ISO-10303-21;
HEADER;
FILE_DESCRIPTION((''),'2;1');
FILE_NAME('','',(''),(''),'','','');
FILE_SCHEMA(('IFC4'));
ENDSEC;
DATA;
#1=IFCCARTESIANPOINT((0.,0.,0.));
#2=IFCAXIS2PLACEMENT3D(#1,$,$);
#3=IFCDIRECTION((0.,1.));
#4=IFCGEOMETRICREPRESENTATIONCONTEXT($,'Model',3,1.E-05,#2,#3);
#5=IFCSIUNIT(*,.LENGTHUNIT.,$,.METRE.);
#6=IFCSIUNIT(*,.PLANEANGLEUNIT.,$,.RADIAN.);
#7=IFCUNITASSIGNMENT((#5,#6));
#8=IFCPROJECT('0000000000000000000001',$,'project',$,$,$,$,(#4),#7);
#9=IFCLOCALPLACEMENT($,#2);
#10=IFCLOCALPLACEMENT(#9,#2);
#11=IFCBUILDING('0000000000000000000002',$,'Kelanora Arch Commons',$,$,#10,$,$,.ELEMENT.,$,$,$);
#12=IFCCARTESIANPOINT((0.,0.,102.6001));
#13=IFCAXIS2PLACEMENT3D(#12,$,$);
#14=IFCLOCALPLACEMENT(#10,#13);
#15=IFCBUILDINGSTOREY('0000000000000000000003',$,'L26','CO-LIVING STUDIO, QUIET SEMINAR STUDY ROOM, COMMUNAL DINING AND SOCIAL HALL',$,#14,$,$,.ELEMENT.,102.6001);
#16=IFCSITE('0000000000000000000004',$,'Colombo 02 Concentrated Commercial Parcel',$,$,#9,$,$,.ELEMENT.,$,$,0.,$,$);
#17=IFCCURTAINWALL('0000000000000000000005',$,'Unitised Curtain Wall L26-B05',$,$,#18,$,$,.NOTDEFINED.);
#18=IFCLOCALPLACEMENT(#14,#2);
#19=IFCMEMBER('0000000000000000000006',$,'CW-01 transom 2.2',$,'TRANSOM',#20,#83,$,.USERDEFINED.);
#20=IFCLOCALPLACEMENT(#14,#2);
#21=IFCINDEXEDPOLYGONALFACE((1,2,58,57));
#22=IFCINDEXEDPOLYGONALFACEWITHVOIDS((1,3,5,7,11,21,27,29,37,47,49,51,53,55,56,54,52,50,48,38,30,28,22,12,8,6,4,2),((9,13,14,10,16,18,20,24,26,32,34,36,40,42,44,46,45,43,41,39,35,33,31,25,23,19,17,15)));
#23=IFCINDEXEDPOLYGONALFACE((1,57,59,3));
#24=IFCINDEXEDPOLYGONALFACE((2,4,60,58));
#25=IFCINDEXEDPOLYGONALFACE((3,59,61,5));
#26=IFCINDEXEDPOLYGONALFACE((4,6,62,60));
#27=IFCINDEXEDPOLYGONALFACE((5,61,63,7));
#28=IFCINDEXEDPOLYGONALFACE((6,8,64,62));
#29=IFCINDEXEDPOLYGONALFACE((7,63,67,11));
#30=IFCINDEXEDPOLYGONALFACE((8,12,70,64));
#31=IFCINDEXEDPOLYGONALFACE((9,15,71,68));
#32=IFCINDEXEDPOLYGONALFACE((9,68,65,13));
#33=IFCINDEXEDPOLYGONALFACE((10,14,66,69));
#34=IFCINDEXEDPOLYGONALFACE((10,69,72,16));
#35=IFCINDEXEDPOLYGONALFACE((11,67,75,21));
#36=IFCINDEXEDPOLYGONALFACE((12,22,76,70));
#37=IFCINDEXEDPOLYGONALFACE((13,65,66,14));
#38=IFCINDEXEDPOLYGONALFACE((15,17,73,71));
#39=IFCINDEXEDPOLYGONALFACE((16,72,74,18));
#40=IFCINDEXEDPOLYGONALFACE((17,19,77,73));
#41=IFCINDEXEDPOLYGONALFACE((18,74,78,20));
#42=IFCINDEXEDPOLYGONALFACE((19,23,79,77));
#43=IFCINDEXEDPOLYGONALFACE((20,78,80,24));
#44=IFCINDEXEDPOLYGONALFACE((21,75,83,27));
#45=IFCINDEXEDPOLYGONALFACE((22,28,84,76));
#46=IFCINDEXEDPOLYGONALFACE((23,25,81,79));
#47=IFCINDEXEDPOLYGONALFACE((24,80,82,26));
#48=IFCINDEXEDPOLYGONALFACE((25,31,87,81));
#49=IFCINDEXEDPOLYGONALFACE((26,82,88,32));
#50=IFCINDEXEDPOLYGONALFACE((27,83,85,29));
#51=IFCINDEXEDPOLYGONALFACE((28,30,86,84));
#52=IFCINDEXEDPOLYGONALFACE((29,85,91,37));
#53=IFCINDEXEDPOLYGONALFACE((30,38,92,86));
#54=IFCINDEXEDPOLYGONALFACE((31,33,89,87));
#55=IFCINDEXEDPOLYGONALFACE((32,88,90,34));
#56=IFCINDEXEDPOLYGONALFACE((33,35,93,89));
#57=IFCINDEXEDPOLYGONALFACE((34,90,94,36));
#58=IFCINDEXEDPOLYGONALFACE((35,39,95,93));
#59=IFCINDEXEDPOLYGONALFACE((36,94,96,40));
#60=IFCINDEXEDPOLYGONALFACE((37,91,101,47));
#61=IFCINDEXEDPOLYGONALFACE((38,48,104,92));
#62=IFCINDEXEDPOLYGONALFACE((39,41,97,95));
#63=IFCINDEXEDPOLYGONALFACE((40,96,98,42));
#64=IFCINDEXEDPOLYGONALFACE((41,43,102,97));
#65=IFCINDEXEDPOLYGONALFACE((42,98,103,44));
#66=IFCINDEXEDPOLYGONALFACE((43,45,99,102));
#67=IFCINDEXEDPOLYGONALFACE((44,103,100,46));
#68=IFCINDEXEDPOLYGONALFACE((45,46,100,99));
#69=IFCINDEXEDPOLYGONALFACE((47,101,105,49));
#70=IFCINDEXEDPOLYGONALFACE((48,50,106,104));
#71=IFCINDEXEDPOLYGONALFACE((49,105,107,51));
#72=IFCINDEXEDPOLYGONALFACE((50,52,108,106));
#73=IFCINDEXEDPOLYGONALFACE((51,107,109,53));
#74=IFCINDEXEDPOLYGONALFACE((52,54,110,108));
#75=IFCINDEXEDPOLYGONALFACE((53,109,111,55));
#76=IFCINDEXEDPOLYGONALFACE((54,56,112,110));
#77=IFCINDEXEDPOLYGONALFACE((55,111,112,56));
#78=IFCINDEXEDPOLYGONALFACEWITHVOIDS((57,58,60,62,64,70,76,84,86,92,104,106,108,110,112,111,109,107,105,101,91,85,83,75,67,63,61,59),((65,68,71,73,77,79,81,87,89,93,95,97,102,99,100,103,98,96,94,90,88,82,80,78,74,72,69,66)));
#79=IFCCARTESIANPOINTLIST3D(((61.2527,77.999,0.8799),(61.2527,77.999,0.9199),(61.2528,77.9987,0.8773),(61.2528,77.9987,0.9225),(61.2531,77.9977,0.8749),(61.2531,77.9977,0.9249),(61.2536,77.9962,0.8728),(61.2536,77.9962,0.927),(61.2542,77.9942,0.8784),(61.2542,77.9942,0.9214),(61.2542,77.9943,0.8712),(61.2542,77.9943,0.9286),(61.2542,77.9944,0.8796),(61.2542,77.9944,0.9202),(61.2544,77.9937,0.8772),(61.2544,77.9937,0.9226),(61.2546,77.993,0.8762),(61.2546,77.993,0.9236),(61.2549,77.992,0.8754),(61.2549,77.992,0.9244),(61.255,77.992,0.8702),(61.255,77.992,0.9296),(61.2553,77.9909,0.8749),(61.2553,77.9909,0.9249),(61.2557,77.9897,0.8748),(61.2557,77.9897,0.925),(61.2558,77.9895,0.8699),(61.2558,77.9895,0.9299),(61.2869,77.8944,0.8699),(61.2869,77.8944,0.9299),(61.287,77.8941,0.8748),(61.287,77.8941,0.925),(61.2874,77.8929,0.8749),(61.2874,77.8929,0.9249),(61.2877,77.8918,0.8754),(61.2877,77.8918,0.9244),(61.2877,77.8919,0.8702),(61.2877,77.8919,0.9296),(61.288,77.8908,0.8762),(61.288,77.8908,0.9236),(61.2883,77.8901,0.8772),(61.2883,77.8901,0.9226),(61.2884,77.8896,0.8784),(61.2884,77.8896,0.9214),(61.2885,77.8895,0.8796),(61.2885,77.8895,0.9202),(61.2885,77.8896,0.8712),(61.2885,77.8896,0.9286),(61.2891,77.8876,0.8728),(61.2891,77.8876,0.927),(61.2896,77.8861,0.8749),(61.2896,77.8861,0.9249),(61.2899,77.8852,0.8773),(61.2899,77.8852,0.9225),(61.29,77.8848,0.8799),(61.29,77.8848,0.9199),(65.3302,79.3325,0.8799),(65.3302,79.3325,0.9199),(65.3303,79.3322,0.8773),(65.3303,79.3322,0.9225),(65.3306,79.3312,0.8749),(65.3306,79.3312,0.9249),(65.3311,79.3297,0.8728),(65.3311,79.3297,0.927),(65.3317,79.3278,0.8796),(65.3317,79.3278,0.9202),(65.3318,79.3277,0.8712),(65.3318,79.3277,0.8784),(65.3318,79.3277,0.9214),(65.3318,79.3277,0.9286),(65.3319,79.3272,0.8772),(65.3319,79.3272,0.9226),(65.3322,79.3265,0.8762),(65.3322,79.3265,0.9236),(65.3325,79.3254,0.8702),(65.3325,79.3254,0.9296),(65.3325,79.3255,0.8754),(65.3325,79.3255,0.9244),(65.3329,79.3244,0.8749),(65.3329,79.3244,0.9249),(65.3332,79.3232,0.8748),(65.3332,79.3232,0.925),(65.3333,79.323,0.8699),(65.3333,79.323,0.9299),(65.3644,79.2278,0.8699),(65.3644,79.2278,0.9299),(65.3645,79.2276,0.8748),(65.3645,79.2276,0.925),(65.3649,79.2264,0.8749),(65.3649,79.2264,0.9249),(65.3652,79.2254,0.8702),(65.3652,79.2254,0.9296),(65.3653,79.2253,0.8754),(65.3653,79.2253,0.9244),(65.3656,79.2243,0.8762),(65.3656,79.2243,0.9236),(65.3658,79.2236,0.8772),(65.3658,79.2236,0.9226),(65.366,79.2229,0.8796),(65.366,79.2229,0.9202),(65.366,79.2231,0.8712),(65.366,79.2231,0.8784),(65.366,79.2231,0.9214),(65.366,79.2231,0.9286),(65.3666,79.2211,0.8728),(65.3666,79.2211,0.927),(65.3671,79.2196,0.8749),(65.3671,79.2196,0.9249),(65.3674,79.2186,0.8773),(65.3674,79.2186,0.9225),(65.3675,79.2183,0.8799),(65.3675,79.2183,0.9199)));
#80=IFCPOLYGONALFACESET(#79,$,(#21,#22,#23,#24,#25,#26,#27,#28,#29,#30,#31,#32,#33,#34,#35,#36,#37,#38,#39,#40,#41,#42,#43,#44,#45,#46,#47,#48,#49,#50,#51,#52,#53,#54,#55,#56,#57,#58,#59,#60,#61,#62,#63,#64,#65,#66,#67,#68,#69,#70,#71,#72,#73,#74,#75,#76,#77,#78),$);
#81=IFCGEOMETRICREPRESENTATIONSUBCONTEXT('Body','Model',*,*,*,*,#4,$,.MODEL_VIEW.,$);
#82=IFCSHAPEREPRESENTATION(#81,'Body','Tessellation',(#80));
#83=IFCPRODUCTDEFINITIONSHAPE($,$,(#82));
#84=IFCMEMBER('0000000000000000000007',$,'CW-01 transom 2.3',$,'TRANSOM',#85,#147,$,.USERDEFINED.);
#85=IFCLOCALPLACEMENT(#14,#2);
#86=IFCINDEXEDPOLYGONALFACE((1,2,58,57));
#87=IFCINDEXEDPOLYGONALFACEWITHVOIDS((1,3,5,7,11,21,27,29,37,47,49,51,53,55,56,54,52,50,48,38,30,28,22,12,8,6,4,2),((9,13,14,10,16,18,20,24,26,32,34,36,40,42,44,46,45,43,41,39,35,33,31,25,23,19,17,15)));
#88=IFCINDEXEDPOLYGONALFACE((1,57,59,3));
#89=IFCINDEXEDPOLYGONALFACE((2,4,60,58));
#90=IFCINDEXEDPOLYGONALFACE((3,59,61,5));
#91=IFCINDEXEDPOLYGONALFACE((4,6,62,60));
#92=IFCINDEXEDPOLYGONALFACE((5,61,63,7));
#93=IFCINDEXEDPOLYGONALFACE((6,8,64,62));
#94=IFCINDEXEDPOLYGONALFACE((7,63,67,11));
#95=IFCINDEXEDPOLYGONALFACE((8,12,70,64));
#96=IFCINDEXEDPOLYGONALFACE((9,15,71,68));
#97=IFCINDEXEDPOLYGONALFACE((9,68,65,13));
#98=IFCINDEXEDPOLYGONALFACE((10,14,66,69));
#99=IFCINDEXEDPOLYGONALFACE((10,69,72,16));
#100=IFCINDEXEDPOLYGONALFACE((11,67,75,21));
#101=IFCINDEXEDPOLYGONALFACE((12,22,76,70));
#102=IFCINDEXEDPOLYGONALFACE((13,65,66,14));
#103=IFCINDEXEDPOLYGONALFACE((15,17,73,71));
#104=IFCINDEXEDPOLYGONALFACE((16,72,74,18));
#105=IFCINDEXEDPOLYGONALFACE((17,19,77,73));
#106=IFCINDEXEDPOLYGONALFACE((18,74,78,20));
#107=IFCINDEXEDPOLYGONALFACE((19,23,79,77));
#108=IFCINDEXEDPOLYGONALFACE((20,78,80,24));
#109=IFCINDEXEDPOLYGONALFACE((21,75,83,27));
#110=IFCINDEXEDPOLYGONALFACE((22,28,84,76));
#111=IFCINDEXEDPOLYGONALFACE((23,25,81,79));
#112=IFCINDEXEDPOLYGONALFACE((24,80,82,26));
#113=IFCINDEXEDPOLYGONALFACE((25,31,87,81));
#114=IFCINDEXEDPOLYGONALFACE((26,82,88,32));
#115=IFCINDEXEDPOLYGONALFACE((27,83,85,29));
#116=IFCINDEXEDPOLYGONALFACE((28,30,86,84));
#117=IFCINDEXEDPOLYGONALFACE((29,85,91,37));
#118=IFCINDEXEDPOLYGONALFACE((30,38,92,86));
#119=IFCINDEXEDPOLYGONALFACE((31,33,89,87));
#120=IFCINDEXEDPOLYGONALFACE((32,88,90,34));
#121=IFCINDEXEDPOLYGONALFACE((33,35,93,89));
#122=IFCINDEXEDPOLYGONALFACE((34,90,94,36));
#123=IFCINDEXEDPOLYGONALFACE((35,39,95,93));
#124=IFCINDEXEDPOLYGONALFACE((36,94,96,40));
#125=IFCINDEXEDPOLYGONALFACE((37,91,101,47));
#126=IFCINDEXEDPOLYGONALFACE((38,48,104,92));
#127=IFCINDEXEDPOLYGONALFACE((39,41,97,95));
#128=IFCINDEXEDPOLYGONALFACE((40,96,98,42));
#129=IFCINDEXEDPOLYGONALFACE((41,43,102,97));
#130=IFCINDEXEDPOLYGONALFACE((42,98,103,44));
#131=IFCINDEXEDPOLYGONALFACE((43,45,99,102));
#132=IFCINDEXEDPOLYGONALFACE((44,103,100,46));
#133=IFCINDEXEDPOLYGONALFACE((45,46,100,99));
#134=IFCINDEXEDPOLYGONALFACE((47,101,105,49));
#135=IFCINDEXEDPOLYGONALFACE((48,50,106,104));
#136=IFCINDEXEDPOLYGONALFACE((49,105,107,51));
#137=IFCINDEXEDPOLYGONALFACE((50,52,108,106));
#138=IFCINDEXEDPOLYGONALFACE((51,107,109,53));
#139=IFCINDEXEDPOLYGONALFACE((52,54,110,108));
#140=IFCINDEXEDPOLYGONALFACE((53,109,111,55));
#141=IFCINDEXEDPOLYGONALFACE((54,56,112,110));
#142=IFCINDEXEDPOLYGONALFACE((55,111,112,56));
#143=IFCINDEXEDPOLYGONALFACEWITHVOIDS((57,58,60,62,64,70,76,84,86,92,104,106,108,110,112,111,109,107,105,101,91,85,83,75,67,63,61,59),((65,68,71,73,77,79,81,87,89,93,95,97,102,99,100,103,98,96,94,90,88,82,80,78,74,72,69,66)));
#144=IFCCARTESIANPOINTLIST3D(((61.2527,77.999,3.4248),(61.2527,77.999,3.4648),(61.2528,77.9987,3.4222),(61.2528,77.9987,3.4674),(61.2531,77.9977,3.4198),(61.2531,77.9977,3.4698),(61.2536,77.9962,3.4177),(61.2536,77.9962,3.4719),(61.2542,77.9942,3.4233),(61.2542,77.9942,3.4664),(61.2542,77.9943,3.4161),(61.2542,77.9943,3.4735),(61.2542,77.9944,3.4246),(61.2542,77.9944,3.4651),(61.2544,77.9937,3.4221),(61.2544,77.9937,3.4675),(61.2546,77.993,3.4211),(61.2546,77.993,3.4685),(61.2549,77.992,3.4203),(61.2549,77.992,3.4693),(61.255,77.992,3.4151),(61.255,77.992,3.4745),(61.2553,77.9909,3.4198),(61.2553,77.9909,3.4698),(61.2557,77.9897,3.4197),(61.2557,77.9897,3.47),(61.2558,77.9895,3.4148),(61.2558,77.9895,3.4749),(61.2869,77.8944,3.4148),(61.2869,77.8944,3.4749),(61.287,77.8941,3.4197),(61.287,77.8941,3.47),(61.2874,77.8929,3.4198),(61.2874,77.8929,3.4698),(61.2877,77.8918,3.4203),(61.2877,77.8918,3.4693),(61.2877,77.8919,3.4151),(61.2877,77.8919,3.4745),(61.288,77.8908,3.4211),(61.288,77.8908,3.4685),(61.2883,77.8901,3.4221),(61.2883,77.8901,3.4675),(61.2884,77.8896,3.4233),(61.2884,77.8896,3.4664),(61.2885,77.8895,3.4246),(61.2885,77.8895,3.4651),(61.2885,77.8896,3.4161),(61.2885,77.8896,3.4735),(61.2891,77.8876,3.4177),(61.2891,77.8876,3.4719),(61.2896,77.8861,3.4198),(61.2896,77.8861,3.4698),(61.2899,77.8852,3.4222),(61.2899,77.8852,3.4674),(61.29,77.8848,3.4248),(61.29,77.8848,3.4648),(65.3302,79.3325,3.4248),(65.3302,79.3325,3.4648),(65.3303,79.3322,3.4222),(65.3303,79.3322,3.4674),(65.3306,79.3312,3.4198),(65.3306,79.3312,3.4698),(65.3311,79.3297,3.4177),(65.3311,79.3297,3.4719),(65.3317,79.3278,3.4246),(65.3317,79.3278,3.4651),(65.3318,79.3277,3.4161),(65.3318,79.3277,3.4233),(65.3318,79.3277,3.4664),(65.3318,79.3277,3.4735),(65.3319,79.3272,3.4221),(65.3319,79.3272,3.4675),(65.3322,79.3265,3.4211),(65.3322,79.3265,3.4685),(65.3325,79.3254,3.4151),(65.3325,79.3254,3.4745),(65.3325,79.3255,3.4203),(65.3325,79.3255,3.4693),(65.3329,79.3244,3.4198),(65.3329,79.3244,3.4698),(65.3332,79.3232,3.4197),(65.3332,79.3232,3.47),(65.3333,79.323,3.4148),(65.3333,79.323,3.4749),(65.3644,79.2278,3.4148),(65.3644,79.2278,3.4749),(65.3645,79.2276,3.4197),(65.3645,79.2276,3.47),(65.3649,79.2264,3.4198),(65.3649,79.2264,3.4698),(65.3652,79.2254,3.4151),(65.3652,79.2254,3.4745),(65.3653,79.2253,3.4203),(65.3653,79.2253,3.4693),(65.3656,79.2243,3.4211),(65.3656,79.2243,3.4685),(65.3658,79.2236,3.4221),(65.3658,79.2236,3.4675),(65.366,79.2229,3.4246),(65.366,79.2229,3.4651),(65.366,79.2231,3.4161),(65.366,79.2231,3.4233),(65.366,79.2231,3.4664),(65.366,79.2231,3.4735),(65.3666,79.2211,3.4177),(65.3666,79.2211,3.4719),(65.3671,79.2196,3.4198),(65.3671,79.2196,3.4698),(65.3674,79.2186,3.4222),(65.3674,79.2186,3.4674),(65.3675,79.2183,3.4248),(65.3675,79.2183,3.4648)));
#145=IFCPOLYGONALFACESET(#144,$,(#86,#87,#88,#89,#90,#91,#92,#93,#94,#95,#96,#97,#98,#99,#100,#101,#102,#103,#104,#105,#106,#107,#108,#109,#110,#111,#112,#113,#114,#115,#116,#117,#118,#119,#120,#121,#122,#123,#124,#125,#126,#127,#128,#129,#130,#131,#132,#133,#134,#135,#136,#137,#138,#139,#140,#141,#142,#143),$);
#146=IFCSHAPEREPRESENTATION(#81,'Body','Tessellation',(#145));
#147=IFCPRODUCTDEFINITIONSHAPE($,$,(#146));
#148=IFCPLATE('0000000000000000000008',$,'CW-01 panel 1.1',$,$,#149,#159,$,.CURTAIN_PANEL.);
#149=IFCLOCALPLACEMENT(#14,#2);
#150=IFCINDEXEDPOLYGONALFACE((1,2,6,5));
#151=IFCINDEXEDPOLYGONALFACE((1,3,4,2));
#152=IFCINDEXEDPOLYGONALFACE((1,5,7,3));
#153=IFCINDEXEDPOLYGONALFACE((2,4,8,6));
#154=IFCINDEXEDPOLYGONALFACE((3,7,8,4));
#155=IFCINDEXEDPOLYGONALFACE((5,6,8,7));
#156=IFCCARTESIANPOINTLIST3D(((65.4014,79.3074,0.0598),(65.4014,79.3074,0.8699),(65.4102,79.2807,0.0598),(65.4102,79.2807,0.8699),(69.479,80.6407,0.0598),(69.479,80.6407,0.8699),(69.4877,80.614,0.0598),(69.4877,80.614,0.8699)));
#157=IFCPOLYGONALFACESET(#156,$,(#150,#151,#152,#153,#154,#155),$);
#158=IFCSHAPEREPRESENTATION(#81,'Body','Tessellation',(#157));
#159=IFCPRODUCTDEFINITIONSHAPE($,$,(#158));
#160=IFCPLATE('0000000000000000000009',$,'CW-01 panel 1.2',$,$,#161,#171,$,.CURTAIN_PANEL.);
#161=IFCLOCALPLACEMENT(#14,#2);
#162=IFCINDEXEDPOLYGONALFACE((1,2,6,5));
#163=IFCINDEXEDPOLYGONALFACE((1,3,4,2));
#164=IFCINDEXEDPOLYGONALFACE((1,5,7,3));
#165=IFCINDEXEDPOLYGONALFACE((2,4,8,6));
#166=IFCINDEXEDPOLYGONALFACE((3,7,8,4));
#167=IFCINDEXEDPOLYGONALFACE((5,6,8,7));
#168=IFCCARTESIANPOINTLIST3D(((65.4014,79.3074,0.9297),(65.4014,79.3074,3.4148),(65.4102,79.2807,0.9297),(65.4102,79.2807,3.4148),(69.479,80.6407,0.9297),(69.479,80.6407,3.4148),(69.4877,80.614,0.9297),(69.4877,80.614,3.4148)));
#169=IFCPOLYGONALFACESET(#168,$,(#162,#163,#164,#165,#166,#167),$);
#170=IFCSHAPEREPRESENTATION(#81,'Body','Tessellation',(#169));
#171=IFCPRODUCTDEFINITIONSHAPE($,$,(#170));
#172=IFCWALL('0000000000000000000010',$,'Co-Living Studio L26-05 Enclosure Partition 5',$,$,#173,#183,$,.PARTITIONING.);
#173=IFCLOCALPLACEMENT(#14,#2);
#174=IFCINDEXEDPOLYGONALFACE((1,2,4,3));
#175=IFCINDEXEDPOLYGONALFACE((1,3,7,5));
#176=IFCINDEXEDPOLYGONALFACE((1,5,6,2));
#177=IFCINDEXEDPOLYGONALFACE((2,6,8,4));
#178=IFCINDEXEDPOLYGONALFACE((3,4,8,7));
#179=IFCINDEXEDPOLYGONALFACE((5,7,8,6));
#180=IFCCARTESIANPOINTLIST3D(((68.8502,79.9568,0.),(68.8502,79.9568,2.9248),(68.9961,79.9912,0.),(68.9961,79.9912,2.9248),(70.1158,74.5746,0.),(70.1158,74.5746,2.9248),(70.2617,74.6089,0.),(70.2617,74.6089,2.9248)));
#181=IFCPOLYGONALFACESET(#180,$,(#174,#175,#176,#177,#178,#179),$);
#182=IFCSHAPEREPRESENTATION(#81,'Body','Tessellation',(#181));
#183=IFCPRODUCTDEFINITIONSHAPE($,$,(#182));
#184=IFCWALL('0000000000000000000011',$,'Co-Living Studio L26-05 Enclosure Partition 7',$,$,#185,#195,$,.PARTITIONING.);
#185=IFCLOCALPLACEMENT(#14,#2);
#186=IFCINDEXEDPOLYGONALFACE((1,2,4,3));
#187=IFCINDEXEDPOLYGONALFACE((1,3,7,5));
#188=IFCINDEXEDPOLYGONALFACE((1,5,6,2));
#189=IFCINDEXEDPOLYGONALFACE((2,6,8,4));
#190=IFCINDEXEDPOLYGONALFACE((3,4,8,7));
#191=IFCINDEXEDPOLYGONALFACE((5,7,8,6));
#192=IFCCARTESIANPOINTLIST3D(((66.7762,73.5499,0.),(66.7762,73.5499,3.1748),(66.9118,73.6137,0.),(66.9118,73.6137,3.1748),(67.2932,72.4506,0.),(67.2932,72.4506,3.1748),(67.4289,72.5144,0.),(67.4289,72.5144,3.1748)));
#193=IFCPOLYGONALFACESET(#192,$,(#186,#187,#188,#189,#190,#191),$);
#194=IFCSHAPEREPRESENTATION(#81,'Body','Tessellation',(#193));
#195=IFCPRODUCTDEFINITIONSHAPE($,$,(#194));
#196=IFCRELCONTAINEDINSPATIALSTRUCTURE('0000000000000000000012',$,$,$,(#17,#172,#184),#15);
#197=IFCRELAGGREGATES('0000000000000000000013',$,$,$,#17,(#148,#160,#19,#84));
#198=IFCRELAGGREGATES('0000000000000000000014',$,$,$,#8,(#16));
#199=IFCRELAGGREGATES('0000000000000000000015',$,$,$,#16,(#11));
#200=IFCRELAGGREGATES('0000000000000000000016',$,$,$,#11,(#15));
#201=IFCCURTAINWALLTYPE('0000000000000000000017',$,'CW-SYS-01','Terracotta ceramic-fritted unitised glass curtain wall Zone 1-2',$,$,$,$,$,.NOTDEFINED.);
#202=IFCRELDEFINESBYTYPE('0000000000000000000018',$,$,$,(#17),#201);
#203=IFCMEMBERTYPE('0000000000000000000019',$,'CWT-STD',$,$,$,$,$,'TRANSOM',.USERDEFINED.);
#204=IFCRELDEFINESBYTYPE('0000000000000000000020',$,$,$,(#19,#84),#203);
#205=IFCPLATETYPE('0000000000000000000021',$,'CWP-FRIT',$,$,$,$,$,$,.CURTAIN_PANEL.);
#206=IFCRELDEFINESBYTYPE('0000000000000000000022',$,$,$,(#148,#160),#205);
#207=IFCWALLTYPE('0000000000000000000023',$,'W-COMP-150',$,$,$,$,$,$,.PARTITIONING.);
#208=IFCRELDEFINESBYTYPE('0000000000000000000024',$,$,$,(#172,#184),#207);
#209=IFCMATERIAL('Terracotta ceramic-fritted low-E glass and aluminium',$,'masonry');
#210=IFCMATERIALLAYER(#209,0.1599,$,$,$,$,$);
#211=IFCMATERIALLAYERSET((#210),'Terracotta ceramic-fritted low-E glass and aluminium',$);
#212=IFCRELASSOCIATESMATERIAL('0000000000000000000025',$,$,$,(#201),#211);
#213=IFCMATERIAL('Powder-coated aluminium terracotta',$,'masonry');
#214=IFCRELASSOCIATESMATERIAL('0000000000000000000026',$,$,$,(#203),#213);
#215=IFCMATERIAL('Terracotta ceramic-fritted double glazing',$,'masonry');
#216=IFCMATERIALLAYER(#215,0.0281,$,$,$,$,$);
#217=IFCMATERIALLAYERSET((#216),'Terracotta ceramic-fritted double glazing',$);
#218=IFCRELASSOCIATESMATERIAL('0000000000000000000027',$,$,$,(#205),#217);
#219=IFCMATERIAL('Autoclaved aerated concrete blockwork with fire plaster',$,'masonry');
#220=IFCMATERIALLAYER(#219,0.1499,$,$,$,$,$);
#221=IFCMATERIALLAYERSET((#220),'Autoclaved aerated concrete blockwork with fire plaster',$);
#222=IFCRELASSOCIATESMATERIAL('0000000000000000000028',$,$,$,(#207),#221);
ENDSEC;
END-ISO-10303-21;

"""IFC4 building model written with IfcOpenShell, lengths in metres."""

from ifc_helpers import new_model, si_unit, direction, frame, frame_2d, origin, origin_2d, place, context, subcontext, project, spatial, rectangle, hollow_rectangle, extrude, source, transform, mapped, material, layer, layer_set, material_profile, profile_set, type_object, element, aggregate, save


model = new_model("IFC4")

# Units and contexts
model_context = context("Model", 3, precision=1e-05, world=origin(), true_north=direction((0.0, 1.0)))
body_context = subcontext(model_context, "Body", "Model", "MODEL_VIEW")
ifc_project = project(units=[si_unit("LENGTHUNIT", "METRE"), si_unit("PLANEANGLEUNIT", "RADIAN")], contexts=[model_context])

# Site, building, storey
site_placement = place(None, origin())
site = spatial("IfcSite", under=ifc_project, at=site_placement, Name="Colombo 02 Concentrated Commercial Parcel", CompositionType="ELEMENT", RefElevation=0.0)
building_placement = place(site_placement, origin())
building = spatial("IfcBuilding", under=site, at=building_placement, Name="Kelanora Arch Commons", CompositionType="ELEMENT")
storey_placement = place(building_placement, frame((0.0, 0.0, 102.6001)))
storey = spatial("IfcBuildingStorey", under=building, at=storey_placement, Name="L26", Description="CO-LIVING STUDIO, QUIET SEMINAR STUDY ROOM, COMMUNAL DINING AND SOCIAL HALL", CompositionType="ELEMENT", Elevation=102.6001)

# Curtain wall, members, plates
ifc_material_1 = material(Name="Terracotta ceramic-fritted low-E glass and aluminium", Category="masonry")
ifc_layer_1 = layer(ifc_material_1, 0.1599)
ifc_layer_set_1 = layer_set([ifc_layer_1], Name="Terracotta ceramic-fritted low-E glass and aluminium")
curtain_wall_type = type_object("IfcCurtainWallType", Name="CW-SYS-01", Description="Terracotta ceramic-fritted unitised glass curtain wall Zone 1-2", PredefinedType="NOTDEFINED", material=ifc_layer_set_1)
curtain_wall_placement = place(storey_placement, origin())
curtain_wall = element("IfcCurtainWall", 1, at=curtain_wall_placement, inside=storey, type_object=curtain_wall_type, Name="Unitised Curtain Wall L26-B05", PredefinedType="NOTDEFINED")
ifc_material_2 = material(Name="Powder-coated aluminium terracotta", Category="masonry")
ifc_material_profile_1 = material_profile(ifc_material_2, hollow_rectangle(XDim=0.1201, YDim=0.0601, WallThickness=0.0049, InnerFilletRadius=0.0049, OuterFilletRadius=0.01, at=origin_2d()), Name="CWT120x60")
ifc_profile_set_1 = profile_set([ifc_material_profile_1], Name="Powder-coated aluminium terracotta")
member_type_1 = type_object("IfcMemberType", Name="CWT-STD", ElementType="TRANSOM", PredefinedType="USERDEFINED", material=ifc_profile_set_1)
member_1_placement = place(storey_placement, frame((65.3489, 79.2754, 0.8999), z_axis=(-0.950466, -0.310828, 0.0), x_axis=(0.310828, -0.950466, 0.0)))
member_1 = element("IfcMember", 2, at=member_1_placement, type_object=member_type_1, Name="CW-01 transom 2.2", ObjectType="TRANSOM", PredefinedType="USERDEFINED", context=body_context, shape_type="SweptSolid", body=[
    extrude(hollow_rectangle(XDim=0.1201, YDim=0.0601, WallThickness=0.0049, InnerFilletRadius=0.0049, OuterFilletRadius=0.01, at=origin_2d()), origin(), (0.0, 0.0, 1.0), 4.29),
])
member_2_placement = place(storey_placement, frame((65.3489, 79.2754, 3.4448), z_axis=(-0.950466, -0.310828, 0.0), x_axis=(0.310828, -0.950466, 0.0)))
member_2 = element("IfcMember", 3, at=member_2_placement, type_object=member_type_1, Name="CW-01 transom 2.3", ObjectType="TRANSOM", PredefinedType="USERDEFINED", context=body_context, shape_type="SweptSolid", body=[
    extrude(hollow_rectangle(XDim=0.1201, YDim=0.0601, WallThickness=0.0049, InnerFilletRadius=0.0049, OuterFilletRadius=0.01, at=origin_2d()), origin(), (0.0, 0.0, 1.0), 4.29),
])
ifc_material_3 = material(Name="Terracotta ceramic-fritted double glazing", Category="masonry")
ifc_layer_2 = layer(ifc_material_3, 0.0281)
ifc_layer_set_2 = layer_set([ifc_layer_2], Name="Terracotta ceramic-fritted double glazing")
plate_type = type_object("IfcPlateType", Name="CWP-FRIT", PredefinedType="CURTAIN_PANEL", material=ifc_layer_set_2)
shared_shape_1 = source(origin(), body_context, "Body", "SweptSolid", [
    extrude(rectangle(XDim=4.29, YDim=0.0281, at=origin_2d()), origin(), (0.0, 0.0, 1.0), 0.8101),
])
plate_1_placement = place(storey_placement, frame((67.4446, 79.9607, 0.0598), z_axis=(0.0, 0.0, 1.0), x_axis=(-0.950474, -0.310805, 0.0)))
plate_1 = element("IfcPlate", 4, at=plate_1_placement, type_object=plate_type, Name="CW-01 panel 1.1", PredefinedType="CURTAIN_PANEL", context=body_context, shape_type="MappedRepresentation", body=[
    mapped(shared_shape_1, transform((0.0, 0.0, 0.0), scale=1.0)),
])
shared_shape_2 = source(origin(), body_context, "Body", "SweptSolid", [
    extrude(rectangle(XDim=4.29, YDim=0.0281, at=origin_2d()), origin(), (0.0, 0.0, 1.0), 2.4851),
])
plate_2_placement = place(storey_placement, frame((67.4446, 79.9607, 0.9297), z_axis=(0.0, 0.0, 1.0), x_axis=(-0.950474, -0.310805, 0.0)))
plate_2 = element("IfcPlate", 5, at=plate_2_placement, type_object=plate_type, Name="CW-01 panel 1.2", PredefinedType="CURTAIN_PANEL", context=body_context, shape_type="MappedRepresentation", body=[
    mapped(shared_shape_2, transform((0.0, 0.0, 0.0), scale=1.0)),
])
aggregate(curtain_wall, [plate_1, plate_2, member_1, member_2])

# Walls
ifc_material_4 = material(Name="Autoclaved aerated concrete blockwork with fire plaster", Category="masonry")
ifc_layer_3 = layer(ifc_material_4, 0.1499)
ifc_layer_set_3 = layer_set([ifc_layer_3], Name="Autoclaved aerated concrete blockwork with fire plaster")
wall_type_1 = type_object("IfcWallType", Name="W-COMP-150", PredefinedType="PARTITIONING", material=ifc_layer_set_3)
wall_1_placement = place(storey_placement, frame((68.9231, 79.9741, 0.0), z_axis=(0.0, 0.0, 1.0), x_axis=(0.228902, -0.97345, 0.0)))
element("IfcWall", 6, at=wall_1_placement, inside=storey, type_object=wall_type_1, Name="Co-Living Studio L26-05 Enclosure Partition 5", PredefinedType="PARTITIONING", context=body_context, shape_type="SweptSolid", body=[
    extrude(rectangle(XDim=5.5291, YDim=0.1499, at=frame_2d((2.7646, 0.0))), origin(), (0.0, 0.0, 1.0), 2.9248),
])
wall_2_placement = place(storey_placement, frame((66.844, 73.5818, 0.0), z_axis=(0.0, 0.0, 1.0), x_axis=(0.425623, -0.904901, 0.0)))
element("IfcWall", 7, at=wall_2_placement, inside=storey, type_object=wall_type_1, Name="Co-Living Studio L26-05 Enclosure Partition 7", PredefinedType="PARTITIONING", context=body_context, shape_type="SweptSolid", body=[
    extrude(rectangle(XDim=1.2148, YDim=0.1499, at=frame_2d((0.6074, 0.0))), origin(), (0.0, 0.0, 1.0), 3.1748),
])

save(model, "model.ifc")
